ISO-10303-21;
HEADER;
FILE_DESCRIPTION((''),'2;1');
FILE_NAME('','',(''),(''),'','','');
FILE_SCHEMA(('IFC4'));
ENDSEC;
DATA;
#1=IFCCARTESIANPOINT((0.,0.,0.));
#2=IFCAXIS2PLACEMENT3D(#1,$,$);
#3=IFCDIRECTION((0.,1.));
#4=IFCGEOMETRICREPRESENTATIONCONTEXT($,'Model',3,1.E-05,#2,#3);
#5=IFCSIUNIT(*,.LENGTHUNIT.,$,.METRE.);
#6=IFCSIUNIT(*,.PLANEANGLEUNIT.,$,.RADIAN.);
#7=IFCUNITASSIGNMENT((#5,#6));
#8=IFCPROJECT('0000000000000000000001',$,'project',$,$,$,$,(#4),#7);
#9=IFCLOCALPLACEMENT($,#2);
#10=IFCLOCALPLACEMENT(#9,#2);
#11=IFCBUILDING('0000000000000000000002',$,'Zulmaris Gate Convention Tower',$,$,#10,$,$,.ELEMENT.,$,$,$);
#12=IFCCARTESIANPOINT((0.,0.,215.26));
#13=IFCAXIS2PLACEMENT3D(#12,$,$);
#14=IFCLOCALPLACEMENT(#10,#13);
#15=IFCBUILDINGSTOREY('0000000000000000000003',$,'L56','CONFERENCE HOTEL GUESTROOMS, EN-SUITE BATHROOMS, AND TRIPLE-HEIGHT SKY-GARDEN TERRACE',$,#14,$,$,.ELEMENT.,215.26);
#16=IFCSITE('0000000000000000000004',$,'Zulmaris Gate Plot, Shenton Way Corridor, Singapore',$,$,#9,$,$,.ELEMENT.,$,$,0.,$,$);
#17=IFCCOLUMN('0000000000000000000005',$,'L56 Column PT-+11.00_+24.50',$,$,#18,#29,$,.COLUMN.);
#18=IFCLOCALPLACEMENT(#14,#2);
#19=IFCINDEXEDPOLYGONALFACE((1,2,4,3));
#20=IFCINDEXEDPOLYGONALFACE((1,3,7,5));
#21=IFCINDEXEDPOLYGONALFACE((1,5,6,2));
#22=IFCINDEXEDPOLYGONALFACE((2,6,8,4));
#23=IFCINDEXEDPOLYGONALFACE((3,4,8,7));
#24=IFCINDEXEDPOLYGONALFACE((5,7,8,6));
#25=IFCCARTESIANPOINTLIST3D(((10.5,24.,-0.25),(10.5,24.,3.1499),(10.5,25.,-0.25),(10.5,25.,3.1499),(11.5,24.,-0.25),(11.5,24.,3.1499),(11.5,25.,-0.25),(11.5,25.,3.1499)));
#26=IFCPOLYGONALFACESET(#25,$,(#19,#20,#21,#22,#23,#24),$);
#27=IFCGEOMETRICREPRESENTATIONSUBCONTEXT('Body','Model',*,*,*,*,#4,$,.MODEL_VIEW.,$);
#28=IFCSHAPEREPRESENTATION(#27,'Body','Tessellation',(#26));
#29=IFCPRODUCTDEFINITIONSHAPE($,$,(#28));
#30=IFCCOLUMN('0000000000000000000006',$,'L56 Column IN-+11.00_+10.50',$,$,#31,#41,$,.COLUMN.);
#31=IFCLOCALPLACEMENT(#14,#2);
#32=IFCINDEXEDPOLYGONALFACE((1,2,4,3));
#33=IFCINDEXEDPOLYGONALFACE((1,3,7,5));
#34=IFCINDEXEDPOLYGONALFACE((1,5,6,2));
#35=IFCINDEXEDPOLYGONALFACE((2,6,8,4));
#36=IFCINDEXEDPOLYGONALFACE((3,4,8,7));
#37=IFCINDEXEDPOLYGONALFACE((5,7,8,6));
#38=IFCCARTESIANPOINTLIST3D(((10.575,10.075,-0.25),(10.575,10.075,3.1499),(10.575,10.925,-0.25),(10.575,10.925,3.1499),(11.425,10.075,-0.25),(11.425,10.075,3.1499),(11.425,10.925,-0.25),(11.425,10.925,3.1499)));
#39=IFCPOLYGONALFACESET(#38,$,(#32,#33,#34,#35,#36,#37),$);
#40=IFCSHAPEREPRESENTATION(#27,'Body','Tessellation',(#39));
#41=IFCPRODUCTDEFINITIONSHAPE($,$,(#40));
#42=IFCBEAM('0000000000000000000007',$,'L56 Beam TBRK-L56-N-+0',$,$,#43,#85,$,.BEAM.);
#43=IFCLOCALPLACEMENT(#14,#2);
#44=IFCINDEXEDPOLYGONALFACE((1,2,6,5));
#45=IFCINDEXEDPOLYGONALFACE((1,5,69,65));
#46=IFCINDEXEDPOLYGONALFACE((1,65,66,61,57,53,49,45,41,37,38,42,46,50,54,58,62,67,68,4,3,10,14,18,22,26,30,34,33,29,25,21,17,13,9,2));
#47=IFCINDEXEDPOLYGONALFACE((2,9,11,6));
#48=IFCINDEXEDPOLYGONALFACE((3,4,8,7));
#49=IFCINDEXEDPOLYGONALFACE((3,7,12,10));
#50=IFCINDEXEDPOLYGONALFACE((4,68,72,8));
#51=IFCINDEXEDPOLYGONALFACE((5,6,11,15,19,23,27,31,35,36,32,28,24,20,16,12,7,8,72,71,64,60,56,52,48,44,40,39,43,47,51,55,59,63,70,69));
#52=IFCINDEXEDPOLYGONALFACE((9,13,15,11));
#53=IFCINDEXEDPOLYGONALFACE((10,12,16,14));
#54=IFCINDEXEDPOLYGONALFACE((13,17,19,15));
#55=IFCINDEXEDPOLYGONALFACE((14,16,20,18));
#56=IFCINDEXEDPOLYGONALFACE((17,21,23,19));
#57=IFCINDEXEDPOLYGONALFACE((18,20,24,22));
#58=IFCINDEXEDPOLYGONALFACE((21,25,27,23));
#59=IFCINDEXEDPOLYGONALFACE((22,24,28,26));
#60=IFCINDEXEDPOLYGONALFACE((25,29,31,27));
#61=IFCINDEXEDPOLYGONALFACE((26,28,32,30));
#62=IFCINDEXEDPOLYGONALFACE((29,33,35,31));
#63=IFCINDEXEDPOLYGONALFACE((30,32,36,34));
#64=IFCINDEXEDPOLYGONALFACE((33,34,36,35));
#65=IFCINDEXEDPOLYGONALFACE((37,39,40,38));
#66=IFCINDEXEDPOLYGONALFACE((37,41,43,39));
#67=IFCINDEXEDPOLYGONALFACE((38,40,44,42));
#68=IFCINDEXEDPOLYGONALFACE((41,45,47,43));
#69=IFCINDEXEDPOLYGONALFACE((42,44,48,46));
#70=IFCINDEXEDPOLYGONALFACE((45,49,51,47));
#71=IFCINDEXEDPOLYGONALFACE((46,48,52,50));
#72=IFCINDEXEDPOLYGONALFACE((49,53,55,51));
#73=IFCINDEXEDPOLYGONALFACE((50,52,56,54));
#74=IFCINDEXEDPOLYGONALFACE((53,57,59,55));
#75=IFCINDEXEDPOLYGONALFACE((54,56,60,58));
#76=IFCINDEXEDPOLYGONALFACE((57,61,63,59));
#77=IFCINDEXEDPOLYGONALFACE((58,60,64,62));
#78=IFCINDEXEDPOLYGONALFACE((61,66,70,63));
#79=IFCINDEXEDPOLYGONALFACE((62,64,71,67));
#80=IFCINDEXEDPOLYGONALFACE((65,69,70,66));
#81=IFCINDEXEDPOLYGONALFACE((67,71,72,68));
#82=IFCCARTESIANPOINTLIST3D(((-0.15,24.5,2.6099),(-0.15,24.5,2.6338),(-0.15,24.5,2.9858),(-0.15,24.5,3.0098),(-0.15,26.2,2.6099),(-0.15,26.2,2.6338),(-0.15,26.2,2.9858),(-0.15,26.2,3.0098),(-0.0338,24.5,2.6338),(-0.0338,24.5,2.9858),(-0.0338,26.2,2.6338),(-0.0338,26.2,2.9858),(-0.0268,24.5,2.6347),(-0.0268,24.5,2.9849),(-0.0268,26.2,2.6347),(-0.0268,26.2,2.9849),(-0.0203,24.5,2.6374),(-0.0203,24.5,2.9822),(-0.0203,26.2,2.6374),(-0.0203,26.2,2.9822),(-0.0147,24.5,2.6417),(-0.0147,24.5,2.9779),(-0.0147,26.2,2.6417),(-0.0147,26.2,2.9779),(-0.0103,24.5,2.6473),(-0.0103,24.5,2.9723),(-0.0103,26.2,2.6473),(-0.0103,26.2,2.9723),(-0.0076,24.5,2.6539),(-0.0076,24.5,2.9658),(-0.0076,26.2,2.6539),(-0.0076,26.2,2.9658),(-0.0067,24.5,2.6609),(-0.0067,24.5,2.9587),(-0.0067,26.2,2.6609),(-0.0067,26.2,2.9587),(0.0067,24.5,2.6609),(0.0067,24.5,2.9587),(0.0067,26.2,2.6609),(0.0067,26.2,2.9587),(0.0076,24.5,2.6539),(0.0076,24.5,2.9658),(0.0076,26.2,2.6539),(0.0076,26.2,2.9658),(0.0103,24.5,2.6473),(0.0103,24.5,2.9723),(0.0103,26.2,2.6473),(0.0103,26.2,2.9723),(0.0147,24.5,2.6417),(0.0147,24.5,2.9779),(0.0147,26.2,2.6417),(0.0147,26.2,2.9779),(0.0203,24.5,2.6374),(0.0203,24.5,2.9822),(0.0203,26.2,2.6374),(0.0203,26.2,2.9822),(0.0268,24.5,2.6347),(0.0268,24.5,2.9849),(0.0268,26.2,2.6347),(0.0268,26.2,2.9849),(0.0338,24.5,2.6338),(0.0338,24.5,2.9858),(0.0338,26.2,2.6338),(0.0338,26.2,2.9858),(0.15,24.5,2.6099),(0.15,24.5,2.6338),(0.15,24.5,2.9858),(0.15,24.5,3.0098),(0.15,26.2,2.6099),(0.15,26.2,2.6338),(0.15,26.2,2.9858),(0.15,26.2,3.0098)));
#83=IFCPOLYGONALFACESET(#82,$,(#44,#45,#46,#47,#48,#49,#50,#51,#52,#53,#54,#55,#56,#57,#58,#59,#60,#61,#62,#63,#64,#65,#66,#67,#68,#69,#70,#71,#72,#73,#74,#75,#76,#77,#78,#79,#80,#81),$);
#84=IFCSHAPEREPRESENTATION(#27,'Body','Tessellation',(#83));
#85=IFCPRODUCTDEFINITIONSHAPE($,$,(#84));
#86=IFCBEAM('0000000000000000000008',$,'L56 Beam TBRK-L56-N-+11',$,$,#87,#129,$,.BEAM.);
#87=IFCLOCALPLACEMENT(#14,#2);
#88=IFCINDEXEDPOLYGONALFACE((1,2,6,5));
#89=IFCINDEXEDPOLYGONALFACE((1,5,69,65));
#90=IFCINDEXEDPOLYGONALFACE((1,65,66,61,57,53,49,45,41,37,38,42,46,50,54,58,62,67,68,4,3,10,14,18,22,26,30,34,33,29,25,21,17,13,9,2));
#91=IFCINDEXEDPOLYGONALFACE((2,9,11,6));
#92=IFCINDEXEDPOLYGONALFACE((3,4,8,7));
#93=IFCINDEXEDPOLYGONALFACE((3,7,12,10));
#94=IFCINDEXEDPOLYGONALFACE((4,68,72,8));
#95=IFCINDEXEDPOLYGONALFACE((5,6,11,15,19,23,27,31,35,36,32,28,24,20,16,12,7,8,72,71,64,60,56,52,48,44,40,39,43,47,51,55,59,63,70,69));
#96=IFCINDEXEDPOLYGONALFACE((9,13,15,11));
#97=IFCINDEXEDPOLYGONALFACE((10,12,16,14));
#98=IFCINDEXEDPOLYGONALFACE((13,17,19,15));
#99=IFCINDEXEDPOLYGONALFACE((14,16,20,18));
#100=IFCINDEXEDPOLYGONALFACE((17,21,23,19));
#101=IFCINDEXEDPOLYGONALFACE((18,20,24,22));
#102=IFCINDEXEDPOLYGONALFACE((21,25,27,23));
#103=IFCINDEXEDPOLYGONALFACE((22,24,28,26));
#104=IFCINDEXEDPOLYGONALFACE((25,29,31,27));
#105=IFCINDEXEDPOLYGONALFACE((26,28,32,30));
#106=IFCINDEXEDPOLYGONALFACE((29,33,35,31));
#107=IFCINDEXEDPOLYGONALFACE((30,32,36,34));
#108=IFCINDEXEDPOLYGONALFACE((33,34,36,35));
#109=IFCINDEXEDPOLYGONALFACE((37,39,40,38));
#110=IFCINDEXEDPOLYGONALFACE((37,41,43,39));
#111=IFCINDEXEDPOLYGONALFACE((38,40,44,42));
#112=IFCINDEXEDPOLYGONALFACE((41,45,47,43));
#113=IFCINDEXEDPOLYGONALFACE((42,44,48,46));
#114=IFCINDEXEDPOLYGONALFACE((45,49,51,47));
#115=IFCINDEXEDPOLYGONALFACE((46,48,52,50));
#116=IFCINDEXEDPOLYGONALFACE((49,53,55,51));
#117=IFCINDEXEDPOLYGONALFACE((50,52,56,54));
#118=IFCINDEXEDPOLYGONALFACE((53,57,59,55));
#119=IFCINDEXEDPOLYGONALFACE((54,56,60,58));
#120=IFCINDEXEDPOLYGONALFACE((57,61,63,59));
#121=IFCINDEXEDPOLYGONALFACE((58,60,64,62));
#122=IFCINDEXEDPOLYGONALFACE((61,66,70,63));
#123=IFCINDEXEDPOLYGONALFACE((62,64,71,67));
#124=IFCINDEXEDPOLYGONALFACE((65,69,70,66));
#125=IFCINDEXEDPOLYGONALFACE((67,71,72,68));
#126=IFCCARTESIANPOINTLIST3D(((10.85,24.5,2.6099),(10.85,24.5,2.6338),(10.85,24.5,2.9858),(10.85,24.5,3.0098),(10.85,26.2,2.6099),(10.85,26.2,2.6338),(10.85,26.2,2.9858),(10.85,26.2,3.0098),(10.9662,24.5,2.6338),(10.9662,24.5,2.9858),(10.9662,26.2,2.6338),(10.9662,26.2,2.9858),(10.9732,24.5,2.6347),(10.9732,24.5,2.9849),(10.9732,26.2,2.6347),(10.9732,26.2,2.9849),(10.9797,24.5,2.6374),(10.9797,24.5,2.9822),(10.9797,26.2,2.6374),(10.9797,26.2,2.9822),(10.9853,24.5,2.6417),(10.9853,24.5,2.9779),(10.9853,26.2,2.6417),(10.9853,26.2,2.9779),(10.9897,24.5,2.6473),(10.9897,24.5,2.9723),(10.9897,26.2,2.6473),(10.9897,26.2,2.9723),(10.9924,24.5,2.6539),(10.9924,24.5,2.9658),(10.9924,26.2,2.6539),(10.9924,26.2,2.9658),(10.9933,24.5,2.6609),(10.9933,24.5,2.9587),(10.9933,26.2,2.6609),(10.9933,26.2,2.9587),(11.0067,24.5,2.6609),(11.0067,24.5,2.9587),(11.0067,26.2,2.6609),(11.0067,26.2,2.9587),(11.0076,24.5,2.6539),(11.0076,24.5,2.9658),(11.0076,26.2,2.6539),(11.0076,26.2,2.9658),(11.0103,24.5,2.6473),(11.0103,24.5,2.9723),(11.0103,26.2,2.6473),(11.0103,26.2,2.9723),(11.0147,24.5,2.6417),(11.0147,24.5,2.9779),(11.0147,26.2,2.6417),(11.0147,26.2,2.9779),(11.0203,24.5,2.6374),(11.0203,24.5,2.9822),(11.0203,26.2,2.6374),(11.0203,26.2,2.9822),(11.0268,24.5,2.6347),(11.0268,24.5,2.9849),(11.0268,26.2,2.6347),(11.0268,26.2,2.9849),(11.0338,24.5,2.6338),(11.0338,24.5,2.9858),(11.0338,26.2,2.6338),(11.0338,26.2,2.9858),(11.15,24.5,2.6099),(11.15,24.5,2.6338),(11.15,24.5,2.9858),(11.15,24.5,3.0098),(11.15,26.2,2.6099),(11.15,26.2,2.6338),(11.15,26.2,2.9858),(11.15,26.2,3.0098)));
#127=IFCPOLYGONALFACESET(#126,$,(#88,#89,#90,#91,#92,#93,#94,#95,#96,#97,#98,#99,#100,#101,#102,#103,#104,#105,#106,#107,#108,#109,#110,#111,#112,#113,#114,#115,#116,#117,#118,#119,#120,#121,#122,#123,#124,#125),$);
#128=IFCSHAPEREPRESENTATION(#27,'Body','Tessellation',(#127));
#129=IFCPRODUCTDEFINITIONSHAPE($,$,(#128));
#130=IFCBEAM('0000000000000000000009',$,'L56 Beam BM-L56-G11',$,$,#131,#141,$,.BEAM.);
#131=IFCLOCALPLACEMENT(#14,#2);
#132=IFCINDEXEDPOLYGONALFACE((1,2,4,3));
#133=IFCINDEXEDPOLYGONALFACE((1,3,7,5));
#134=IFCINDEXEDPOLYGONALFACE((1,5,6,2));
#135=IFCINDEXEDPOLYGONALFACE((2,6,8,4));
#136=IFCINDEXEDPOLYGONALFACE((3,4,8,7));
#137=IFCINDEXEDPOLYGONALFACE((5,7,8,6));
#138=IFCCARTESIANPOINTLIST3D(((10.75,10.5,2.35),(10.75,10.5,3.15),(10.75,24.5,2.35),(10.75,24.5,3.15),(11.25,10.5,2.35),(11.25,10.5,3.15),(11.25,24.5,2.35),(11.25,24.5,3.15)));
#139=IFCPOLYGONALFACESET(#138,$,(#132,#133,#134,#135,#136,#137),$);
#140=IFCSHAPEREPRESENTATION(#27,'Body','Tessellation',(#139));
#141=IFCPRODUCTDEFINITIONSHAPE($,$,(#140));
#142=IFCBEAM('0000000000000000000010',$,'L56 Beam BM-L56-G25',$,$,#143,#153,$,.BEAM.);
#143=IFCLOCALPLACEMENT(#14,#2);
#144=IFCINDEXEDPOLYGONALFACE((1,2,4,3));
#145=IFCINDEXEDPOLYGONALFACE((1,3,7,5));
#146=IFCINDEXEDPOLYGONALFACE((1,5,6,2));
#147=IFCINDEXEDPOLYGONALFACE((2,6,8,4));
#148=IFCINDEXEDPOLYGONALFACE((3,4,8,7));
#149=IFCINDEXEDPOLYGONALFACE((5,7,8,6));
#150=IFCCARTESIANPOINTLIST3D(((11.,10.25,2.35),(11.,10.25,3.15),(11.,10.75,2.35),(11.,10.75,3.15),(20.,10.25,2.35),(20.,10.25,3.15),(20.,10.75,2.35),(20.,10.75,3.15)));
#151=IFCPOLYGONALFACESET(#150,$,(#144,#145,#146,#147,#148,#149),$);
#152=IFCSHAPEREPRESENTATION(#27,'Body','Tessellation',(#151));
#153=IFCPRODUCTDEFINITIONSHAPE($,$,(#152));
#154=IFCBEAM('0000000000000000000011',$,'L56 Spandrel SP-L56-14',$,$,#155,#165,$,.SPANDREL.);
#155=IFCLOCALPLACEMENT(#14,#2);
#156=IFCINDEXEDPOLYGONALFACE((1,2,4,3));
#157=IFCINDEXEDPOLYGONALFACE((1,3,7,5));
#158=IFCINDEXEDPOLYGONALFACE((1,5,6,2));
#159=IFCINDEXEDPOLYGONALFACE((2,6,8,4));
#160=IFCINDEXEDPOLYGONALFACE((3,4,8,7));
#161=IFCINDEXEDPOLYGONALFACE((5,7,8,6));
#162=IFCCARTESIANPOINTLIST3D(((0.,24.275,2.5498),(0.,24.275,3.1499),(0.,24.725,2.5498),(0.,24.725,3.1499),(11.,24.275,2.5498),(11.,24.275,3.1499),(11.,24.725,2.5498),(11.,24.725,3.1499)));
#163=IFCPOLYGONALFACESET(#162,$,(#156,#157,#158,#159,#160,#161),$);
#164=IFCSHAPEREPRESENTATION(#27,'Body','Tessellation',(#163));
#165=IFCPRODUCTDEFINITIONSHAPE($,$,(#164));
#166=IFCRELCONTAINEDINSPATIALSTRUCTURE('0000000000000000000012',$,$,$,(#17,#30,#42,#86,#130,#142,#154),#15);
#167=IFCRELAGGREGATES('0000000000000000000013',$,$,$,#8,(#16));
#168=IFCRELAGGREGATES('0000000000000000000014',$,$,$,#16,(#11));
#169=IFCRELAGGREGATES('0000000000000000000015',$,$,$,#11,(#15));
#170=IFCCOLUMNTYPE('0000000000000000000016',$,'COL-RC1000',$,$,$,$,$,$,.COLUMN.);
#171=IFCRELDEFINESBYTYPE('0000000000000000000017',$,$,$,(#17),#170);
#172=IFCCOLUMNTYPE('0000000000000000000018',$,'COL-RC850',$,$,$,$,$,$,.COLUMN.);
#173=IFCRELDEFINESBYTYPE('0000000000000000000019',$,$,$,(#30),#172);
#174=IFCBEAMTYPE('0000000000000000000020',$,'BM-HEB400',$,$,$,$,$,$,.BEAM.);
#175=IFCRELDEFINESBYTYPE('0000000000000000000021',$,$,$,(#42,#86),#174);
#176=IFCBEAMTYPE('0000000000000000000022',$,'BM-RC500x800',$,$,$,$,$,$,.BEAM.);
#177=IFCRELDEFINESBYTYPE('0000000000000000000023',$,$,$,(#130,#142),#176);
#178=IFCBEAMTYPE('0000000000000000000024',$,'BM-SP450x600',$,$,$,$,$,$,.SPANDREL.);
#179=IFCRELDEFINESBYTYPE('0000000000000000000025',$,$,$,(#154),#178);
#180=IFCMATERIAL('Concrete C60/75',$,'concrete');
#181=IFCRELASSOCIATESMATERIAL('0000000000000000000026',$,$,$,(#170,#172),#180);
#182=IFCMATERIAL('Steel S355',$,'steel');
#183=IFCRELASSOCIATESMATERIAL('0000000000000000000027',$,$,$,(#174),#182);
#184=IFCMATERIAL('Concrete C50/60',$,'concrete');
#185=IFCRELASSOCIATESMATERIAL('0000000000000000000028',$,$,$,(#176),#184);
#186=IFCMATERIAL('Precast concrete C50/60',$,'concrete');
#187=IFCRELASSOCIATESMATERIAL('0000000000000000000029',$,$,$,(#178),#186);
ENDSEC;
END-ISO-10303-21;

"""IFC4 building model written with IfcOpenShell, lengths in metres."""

from ifc_helpers import new_model, si_unit, direction, frame, origin, origin_2d, place, context, subcontext, project, spatial, rectangle, i_section, extrude, material, material_profile, profile_set, type_object, element, save


model = new_model("IFC4")

# Units and contexts
model_context = context("Model", 3, precision=1e-05, world=origin(), true_north=direction((0.0, 1.0)))
body_context = subcontext(model_context, "Body", "Model", "MODEL_VIEW")
ifc_project = project(units=[si_unit("LENGTHUNIT", "METRE"), si_unit("PLANEANGLEUNIT", "RADIAN")], contexts=[model_context])

# Site, building, storey
site_placement = place(None, origin())
site = spatial("IfcSite", under=ifc_project, at=site_placement, Name="Zulmaris Gate Plot, Shenton Way Corridor, Singapore", CompositionType="ELEMENT", RefElevation=0.0)
building_placement = place(site_placement, origin())
building = spatial("IfcBuilding", under=site, at=building_placement, Name="Zulmaris Gate Convention Tower", CompositionType="ELEMENT")
storey_placement = place(building_placement, frame((0.0, 0.0, 215.26)))
storey = spatial("IfcBuildingStorey", under=building, at=storey_placement, Name="L56", Description="CONFERENCE HOTEL GUESTROOMS, EN-SUITE BATHROOMS, AND TRIPLE-HEIGHT SKY-GARDEN TERRACE", CompositionType="ELEMENT", Elevation=215.26)

# Columns
ifc_material_1 = material(Name="Concrete C60/75", Category="concrete")
ifc_material_profile_1 = material_profile(ifc_material_1, rectangle(XDim=1.0, YDim=1.0, at=origin_2d()), Name="RC COL 1000x1000")
ifc_profile_set_1 = profile_set([ifc_material_profile_1], Name="Concrete C60/75")
column_type_1 = type_object("IfcColumnType", Name="COL-RC1000", PredefinedType="COLUMN", material=ifc_profile_set_1)
column_1_placement = place(storey_placement, frame((11.0, 24.5, -0.25), z_axis=(0.0, 0.0, 1.0), x_axis=(1.0, 0.0, 0.0)))
element("IfcColumn", 1, at=column_1_placement, inside=storey, type_object=column_type_1, Name="L56 Column PT-+11.00_+24.50", PredefinedType="COLUMN", context=body_context, shape_type="SweptSolid", body=[
    extrude(rectangle(XDim=1.0, YDim=1.0, at=origin_2d()), origin(), (0.0, 0.0, 1.0), 3.3999),
])
ifc_material_profile_2 = material_profile(ifc_material_1, rectangle(XDim=0.8501, YDim=0.8501, at=origin_2d()), Name="RC COL 850x850")
ifc_profile_set_2 = profile_set([ifc_material_profile_2], Name="Concrete C60/75")
column_type_2 = type_object("IfcColumnType", Name="COL-RC850", PredefinedType="COLUMN", material=ifc_profile_set_2)
column_2_placement = place(storey_placement, frame((11.0, 10.5, -0.25), z_axis=(0.0, 0.0, 1.0), x_axis=(1.0, 0.0, 0.0)))
element("IfcColumn", 2, at=column_2_placement, inside=storey, type_object=column_type_2, Name="L56 Column IN-+11.00_+10.50", PredefinedType="COLUMN", context=body_context, shape_type="SweptSolid", body=[
    extrude(rectangle(XDim=0.8501, YDim=0.8501, at=origin_2d()), origin(), (0.0, 0.0, 1.0), 3.3999),
])

# Beams
ifc_material_2 = material(Name="Steel S355", Category="steel")
ifc_material_profile_3 = material_profile(ifc_material_2, i_section(OverallWidth=0.3, OverallDepth=0.3999, WebThickness=0.0134, FlangeThickness=0.0239, FilletRadius=0.0271, at=origin_2d()), Name="HEB 400")
ifc_profile_set_3 = profile_set([ifc_material_profile_3], Name="Steel S355")
beam_type_1 = type_object("IfcBeamType", Name="BM-HEB400", PredefinedType="BEAM", material=ifc_profile_set_3)
for number, where, z_axis, x_axis, name in (
    (3, (0.0, 24.5, 2.8098), (0.0, 1.0, 0.0), (-1.0, 0.0, 0.0), "L56 Beam TBRK-L56-N-+0"),
    (4, (11.0, 24.5, 2.8098), (0.0, 1.0, 0.0), (-1.0, 0.0, 0.0), "L56 Beam TBRK-L56-N-+11"),
):
    element("IfcBeam", number, at=place(storey_placement, frame(where, z_axis=z_axis, x_axis=x_axis)), inside=storey, type_object=beam_type_1, Name=name, PredefinedType="BEAM", context=body_context, shape_type="SweptSolid", body=[
        extrude(i_section(OverallWidth=0.3, OverallDepth=0.3999, WebThickness=0.0134, FlangeThickness=0.0239, FilletRadius=0.0271, at=origin_2d()), origin(), (0.0, 0.0, 1.0), 1.7),
    ])
ifc_material_3 = material(Name="Concrete C50/60", Category="concrete")
ifc_material_profile_4 = material_profile(ifc_material_3, rectangle(XDim=0.5, YDim=0.8, at=origin_2d()), Name="RC BEAM 500x800")
ifc_profile_set_4 = profile_set([ifc_material_profile_4], Name="Concrete C50/60")
beam_type_2 = type_object("IfcBeamType", Name="BM-RC500x800", PredefinedType="BEAM", material=ifc_profile_set_4)
beam_1_placement = place(storey_placement, frame((11.0, 10.5, 2.75), z_axis=(0.0, 1.0, 0.0), x_axis=(-1.0, 0.0, 0.0)))
element("IfcBeam", 5, at=beam_1_placement, inside=storey, type_object=beam_type_2, Name="L56 Beam BM-L56-G11", PredefinedType="BEAM", context=body_context, shape_type="SweptSolid", body=[
    extrude(rectangle(XDim=0.5, YDim=0.8, at=origin_2d()), origin(), (0.0, 0.0, 1.0), 14.0),
])
beam_2_placement = place(storey_placement, frame((11.0, 10.5, 2.75), z_axis=(1.0, 0.0, 0.0), x_axis=(0.0, 1.0, 0.0)))
element("IfcBeam", 6, at=beam_2_placement, inside=storey, type_object=beam_type_2, Name="L56 Beam BM-L56-G25", PredefinedType="BEAM", context=body_context, shape_type="SweptSolid", body=[
    extrude(rectangle(XDim=0.5, YDim=0.8, at=origin_2d()), origin(), (0.0, 0.0, 1.0), 9.0),
])
ifc_material_4 = material(Name="Precast concrete C50/60", Category="concrete")
ifc_material_profile_5 = material_profile(ifc_material_4, rectangle(XDim=0.45, YDim=0.6001, at=origin_2d()), Name="RC SPANDREL 450x600")
ifc_profile_set_5 = profile_set([ifc_material_profile_5], Name="Precast concrete C50/60")
beam_type_3 = type_object("IfcBeamType", Name="BM-SP450x600", PredefinedType="SPANDREL", material=ifc_profile_set_5)
beam_3_placement = place(storey_placement, frame((11.0, 24.5, 2.8499), z_axis=(-1.0, 0.0, 0.0), x_axis=(0.0, -1.0, 0.0)))
element("IfcBeam", 7, at=beam_3_placement, inside=storey, type_object=beam_type_3, Name="L56 Spandrel SP-L56-14", PredefinedType="SPANDREL", context=body_context, shape_type="SweptSolid", body=[
    extrude(rectangle(XDim=0.45, YDim=0.6001, at=origin_2d()), origin(), (0.0, 0.0, 1.0), 11.0),
])

save(model, "model.ifc")
